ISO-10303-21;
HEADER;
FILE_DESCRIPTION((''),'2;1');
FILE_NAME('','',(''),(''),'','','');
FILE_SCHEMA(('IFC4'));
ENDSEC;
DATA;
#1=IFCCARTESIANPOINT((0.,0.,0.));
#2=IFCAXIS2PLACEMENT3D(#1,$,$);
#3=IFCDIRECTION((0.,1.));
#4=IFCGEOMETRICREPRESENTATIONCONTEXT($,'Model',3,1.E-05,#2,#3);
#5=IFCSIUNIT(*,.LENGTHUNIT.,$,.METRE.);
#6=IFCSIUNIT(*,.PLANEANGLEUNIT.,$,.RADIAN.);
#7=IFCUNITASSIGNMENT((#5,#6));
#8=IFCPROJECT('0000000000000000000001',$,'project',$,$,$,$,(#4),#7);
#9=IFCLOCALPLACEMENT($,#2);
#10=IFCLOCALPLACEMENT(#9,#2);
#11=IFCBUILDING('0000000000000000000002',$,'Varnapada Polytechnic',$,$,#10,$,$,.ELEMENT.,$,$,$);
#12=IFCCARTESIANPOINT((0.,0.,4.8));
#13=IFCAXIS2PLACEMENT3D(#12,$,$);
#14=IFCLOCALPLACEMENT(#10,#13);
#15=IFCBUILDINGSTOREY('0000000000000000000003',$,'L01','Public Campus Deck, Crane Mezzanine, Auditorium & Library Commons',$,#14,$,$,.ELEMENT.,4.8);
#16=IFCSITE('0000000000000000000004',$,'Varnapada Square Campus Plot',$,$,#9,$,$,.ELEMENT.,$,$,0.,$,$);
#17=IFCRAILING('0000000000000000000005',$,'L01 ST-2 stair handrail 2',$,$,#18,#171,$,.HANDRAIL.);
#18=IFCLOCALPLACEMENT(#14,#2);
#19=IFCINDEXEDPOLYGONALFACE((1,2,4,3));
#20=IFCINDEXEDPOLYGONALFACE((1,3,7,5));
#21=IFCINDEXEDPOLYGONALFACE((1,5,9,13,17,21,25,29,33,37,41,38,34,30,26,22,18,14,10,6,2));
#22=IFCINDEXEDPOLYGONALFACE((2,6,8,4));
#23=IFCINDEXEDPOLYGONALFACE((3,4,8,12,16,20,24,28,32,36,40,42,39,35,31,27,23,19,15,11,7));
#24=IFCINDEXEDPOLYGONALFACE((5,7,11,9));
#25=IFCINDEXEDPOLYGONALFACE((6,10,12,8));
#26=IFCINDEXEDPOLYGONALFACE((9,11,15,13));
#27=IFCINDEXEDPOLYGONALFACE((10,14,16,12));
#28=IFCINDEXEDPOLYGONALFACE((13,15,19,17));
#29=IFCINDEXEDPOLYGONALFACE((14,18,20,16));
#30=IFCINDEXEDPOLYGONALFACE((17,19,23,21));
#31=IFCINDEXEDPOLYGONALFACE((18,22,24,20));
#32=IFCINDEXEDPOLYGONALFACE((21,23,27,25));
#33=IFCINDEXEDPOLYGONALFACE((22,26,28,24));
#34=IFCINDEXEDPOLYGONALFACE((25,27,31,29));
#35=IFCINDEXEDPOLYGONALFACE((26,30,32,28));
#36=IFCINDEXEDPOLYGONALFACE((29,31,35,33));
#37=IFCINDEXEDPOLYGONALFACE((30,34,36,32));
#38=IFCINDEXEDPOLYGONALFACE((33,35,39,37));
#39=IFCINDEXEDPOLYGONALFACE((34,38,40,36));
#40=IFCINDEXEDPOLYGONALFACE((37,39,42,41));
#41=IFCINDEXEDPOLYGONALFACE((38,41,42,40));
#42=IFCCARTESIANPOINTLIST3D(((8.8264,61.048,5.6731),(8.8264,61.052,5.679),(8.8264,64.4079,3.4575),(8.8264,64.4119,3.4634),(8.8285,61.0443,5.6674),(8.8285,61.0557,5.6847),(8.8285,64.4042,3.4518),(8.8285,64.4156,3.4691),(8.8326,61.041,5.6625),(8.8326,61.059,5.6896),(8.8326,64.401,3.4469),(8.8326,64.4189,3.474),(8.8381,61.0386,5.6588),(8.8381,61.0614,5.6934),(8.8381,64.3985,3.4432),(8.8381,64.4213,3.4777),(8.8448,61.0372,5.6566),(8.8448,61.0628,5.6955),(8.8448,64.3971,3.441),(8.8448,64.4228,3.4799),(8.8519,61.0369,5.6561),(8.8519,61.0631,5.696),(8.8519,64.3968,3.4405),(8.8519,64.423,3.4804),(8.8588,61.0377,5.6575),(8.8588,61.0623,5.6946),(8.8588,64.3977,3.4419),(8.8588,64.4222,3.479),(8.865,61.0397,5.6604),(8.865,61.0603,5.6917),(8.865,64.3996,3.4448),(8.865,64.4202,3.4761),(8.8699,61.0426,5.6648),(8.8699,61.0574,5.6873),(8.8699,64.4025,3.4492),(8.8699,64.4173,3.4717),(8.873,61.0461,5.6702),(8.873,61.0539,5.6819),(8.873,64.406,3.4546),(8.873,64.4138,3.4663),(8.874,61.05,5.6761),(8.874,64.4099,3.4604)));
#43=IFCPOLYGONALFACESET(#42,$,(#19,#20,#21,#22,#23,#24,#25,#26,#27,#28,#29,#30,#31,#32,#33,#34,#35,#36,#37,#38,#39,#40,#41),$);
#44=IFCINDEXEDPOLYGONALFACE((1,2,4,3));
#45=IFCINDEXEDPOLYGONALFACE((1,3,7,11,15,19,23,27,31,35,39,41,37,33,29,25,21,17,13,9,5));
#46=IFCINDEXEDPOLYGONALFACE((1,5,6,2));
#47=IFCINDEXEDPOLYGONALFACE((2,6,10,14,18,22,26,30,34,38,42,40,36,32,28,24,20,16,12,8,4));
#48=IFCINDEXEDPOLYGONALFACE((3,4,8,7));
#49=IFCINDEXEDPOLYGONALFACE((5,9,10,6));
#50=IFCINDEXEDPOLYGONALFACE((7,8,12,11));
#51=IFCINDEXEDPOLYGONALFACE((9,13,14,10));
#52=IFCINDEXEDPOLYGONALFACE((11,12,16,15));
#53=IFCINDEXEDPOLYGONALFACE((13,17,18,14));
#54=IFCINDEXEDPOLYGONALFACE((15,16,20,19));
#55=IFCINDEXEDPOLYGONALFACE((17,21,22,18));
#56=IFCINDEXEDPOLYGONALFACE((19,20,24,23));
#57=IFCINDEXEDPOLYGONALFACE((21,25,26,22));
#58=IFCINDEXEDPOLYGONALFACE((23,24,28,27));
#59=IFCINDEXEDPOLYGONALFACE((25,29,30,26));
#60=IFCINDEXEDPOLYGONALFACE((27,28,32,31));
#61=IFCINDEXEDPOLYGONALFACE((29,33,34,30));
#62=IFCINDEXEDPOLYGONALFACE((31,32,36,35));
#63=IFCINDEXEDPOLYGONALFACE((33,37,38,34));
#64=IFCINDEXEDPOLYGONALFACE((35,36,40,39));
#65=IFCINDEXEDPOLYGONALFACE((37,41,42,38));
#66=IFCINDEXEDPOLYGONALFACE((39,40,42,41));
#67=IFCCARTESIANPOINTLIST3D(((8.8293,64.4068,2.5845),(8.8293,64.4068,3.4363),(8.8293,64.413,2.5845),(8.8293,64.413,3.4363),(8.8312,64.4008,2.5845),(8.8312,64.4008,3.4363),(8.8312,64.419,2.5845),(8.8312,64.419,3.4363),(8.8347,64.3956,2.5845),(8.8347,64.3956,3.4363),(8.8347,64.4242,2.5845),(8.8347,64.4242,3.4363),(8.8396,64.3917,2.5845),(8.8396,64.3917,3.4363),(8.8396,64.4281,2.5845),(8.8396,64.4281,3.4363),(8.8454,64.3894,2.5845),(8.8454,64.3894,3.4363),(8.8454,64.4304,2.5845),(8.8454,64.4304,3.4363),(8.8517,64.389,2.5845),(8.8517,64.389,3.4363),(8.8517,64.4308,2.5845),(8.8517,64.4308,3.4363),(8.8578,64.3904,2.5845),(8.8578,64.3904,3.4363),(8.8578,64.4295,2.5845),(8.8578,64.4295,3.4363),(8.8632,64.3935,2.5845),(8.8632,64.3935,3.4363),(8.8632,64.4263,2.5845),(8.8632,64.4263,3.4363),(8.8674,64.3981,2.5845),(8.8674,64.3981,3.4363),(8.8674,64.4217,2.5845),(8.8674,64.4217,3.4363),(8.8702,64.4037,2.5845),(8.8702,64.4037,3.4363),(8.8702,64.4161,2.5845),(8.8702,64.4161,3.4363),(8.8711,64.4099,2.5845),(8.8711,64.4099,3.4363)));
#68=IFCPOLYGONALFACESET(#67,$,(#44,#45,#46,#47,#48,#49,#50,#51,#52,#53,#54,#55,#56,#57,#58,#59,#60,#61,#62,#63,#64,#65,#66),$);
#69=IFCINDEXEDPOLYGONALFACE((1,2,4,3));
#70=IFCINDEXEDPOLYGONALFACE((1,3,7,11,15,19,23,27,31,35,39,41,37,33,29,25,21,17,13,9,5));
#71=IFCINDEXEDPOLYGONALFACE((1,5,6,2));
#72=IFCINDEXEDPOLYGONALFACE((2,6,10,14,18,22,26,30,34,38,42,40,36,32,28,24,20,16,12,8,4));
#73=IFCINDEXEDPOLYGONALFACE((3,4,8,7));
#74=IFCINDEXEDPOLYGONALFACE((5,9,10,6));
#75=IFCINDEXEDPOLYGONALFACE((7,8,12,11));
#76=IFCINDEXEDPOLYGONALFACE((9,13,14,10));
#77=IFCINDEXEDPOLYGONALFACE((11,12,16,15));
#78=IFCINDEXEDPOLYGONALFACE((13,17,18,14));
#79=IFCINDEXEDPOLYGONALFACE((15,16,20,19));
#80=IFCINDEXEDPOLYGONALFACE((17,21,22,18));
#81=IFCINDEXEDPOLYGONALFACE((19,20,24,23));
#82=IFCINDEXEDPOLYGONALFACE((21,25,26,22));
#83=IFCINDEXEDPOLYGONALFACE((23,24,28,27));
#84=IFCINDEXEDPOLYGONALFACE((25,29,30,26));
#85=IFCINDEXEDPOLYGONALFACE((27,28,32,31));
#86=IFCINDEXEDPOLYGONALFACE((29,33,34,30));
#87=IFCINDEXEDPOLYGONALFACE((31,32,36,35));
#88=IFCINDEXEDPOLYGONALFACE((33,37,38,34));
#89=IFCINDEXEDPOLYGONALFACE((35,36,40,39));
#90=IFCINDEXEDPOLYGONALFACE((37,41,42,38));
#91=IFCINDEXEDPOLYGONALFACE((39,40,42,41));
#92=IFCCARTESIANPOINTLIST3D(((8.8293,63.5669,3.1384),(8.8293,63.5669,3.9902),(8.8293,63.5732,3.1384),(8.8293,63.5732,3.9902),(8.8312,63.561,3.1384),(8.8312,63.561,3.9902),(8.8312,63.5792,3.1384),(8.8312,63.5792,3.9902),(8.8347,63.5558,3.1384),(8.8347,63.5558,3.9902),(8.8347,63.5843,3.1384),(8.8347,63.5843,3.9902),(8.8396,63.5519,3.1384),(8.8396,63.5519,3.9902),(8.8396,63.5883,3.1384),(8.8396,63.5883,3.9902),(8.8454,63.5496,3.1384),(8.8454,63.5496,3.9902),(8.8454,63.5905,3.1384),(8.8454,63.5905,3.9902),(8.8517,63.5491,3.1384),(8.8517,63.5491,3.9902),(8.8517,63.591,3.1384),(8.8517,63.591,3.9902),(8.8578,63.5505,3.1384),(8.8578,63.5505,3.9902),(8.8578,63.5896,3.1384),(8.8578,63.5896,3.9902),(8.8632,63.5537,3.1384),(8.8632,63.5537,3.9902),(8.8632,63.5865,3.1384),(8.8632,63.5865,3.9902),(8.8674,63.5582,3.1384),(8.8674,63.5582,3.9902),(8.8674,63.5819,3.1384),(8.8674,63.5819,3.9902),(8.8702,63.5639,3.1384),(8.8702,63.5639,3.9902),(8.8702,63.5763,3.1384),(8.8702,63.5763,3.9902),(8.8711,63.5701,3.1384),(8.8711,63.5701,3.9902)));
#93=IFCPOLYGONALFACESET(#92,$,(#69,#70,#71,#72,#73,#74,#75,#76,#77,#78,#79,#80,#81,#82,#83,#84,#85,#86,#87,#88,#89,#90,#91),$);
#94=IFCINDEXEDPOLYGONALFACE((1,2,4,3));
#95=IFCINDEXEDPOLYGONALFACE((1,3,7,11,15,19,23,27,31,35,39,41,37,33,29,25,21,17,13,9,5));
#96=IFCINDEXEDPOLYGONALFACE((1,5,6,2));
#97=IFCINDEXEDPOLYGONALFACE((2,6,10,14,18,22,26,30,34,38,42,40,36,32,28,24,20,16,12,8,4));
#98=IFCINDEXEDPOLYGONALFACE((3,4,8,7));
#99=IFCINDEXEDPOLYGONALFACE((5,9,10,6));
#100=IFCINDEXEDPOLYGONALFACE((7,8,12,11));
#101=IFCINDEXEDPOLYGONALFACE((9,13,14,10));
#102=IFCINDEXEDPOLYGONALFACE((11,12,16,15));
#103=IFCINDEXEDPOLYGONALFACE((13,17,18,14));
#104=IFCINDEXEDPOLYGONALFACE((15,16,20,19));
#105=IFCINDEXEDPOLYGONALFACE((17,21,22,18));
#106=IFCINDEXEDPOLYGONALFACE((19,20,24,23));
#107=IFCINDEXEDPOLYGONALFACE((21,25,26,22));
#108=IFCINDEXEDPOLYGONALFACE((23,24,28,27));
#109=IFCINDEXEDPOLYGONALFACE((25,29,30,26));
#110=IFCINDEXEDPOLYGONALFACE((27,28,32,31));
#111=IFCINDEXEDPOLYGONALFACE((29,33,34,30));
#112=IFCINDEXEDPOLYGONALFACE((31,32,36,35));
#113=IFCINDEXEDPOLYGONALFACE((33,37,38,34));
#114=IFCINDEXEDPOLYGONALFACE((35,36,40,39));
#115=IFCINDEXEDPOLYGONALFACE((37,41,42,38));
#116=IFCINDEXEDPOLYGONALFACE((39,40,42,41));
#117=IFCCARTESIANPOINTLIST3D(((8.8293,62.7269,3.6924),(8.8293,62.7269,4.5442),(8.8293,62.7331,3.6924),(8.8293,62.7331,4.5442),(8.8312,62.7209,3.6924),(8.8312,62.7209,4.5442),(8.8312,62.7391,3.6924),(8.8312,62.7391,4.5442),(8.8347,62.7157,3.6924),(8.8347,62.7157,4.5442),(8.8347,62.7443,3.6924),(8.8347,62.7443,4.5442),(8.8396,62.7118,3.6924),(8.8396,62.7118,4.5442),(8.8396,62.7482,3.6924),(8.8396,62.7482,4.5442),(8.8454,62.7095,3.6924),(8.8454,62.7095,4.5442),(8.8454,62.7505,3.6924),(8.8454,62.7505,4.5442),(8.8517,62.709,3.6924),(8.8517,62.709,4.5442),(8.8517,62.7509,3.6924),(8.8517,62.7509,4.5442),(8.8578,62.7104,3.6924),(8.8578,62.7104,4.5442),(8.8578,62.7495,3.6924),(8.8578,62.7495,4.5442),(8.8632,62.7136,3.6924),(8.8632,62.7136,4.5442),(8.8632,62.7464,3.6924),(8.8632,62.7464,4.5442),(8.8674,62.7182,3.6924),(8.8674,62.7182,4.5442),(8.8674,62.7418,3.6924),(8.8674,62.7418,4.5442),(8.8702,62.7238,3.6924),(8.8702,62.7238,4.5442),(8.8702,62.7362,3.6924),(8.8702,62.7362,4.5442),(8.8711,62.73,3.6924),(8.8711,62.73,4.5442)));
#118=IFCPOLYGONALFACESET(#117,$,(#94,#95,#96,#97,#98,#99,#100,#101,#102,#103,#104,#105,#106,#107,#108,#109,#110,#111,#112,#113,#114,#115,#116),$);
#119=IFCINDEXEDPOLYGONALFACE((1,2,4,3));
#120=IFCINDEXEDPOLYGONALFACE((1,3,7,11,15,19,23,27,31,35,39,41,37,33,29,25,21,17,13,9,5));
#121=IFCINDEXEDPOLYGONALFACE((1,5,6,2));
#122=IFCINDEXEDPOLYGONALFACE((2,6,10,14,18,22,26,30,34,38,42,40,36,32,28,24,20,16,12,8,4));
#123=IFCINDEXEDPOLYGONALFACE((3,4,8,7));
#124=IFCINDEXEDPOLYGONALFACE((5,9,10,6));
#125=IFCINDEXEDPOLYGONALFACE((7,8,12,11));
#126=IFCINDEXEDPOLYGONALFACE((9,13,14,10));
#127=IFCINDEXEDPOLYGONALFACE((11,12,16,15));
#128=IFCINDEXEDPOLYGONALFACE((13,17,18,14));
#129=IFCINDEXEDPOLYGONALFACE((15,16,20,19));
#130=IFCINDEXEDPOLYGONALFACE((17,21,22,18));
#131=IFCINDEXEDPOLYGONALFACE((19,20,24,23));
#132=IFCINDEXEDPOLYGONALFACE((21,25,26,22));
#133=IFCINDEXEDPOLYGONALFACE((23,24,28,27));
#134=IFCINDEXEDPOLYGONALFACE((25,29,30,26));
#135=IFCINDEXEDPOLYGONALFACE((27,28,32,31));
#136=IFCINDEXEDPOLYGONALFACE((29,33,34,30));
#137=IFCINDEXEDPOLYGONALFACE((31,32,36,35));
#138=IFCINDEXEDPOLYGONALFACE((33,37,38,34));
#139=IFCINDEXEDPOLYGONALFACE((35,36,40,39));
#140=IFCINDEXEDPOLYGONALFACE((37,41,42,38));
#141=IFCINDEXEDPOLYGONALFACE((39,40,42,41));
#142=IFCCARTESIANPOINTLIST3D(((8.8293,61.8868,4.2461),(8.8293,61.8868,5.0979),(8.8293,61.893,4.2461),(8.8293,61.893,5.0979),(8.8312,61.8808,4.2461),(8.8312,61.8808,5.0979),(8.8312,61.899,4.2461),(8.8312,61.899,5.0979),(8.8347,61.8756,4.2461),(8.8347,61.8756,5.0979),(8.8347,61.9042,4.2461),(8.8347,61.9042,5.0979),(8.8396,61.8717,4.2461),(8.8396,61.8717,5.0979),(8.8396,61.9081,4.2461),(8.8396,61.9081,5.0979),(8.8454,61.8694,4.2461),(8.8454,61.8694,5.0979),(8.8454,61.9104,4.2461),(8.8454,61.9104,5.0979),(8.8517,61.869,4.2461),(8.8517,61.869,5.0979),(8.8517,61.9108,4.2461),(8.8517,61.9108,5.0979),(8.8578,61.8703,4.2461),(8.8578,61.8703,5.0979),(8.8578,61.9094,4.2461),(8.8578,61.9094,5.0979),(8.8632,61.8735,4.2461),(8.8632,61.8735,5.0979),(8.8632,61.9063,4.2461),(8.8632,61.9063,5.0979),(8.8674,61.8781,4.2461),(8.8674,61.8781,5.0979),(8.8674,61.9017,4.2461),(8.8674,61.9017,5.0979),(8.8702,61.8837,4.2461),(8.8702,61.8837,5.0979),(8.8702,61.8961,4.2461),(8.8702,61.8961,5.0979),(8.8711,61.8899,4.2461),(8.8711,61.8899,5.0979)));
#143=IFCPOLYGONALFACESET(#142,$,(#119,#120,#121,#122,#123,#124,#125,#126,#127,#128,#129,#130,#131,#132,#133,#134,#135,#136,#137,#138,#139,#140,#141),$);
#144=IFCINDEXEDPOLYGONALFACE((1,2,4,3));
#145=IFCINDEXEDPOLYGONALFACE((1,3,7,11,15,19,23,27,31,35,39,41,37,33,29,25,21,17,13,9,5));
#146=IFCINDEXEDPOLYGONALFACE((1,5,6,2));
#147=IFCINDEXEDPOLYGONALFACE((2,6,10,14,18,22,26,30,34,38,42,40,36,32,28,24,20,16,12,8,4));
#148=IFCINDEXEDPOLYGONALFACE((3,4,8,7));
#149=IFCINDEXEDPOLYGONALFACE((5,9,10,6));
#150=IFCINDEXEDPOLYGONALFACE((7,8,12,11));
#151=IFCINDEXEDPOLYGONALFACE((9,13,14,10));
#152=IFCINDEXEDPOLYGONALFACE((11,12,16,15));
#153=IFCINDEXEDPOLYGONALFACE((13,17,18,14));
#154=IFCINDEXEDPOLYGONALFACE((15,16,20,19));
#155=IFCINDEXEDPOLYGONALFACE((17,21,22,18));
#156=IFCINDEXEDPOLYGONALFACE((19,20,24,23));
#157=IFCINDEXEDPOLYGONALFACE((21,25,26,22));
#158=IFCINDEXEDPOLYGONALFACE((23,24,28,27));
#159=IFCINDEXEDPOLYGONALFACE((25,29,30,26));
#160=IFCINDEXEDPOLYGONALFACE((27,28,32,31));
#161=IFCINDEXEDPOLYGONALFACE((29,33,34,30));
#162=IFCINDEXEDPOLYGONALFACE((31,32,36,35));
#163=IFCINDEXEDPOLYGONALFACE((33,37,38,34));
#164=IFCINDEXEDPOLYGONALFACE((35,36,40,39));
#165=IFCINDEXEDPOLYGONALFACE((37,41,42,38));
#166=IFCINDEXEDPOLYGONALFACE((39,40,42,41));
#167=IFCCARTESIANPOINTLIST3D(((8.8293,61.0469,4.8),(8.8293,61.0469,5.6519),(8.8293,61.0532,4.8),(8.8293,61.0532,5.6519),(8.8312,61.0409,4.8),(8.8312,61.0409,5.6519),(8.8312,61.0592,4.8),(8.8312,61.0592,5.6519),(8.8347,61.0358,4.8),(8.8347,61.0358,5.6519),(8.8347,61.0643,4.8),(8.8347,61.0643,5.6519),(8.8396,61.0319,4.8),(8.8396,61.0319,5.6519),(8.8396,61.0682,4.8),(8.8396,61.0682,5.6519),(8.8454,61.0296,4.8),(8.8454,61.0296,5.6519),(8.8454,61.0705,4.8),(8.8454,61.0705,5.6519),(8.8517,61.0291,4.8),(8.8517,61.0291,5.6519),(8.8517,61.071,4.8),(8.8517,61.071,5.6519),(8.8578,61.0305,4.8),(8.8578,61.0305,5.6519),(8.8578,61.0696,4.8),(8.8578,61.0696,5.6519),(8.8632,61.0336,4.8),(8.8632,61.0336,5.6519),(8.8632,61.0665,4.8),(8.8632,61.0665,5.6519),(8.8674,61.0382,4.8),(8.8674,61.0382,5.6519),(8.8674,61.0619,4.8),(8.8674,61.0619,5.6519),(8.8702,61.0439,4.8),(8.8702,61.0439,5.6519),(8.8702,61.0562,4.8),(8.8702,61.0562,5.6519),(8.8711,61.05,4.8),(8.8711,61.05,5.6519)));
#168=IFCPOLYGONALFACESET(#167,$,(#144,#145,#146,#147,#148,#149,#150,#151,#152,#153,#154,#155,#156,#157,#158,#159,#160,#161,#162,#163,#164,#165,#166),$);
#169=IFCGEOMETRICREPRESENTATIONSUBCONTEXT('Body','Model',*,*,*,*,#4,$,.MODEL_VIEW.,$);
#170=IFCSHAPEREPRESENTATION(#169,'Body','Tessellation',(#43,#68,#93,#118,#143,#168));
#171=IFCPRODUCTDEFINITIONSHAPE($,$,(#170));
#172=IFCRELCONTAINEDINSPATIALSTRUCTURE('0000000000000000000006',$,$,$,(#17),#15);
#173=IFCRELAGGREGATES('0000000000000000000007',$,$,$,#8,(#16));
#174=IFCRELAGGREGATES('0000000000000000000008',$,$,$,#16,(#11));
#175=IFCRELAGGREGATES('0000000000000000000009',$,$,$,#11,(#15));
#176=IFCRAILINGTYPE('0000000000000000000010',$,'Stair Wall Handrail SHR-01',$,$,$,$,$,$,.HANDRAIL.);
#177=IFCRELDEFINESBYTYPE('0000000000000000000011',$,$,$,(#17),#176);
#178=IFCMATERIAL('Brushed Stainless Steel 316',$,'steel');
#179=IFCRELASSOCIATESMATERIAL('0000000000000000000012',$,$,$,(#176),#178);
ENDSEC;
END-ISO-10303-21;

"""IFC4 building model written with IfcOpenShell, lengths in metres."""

from ifc_helpers import new_model, si_unit, direction, frame, origin, origin_2d, place, context, subcontext, project, spatial, circle, extrude, material, type_object, element, save


model = new_model("IFC4")

# Units and contexts
model_context = context("Model", 3, precision=1e-05, world=origin(), true_north=direction((0.0, 1.0)))
body_context = subcontext(model_context, "Body", "Model", "MODEL_VIEW")
ifc_project = project(units=[si_unit("LENGTHUNIT", "METRE"), si_unit("PLANEANGLEUNIT", "RADIAN")], contexts=[model_context])

# Site, building, storey
site_placement = place(None, origin())
site = spatial("IfcSite", under=ifc_project, at=site_placement, Name="Varnapada Square Campus Plot", CompositionType="ELEMENT", RefElevation=0.0)
building_placement = place(site_placement, origin())
building = spatial("IfcBuilding", under=site, at=building_placement, Name="Varnapada Polytechnic", CompositionType="ELEMENT")
storey_placement = place(building_placement, frame((0.0, 0.0, 4.8)))
storey = spatial("IfcBuildingStorey", under=building, at=storey_placement, Name="L01", Description="Public Campus Deck, Crane Mezzanine, Auditorium & Library Commons", CompositionType="ELEMENT", Elevation=4.8)

# Shared definitions
ifc_material_1 = material(Name="Brushed Stainless Steel 316", Category="steel")

# Railing
railing_type_1 = type_object("IfcRailingType", Name="Stair Wall Handrail SHR-01", PredefinedType="HANDRAIL", material=ifc_material_1)
railing_1_placement = place(storey_placement, frame((8.8501, 64.4099, 2.5845)))
element("IfcRailing", 1, at=railing_1_placement, inside=storey, type_object=railing_type_1, Name="L01 ST-2 stair handrail 2", PredefinedType="HANDRAIL", context=body_context, shape_type="SweptSolid", body=[
    extrude(circle(Radius=0.0239, at=origin_2d()), frame((0.0, 0.0, 0.876), z_axis=(0.0, -0.83483, 0.550508), x_axis=(1.0, 0.0, 0.0)), (0.0, 0.0, 1.0), 4.0247),
    extrude(circle(Radius=0.021, at=origin_2d()), origin(), (0.0, 0.0, 1.0), 0.8518),
    extrude(circle(Radius=0.021, at=origin_2d()), frame((0.0, -0.8398, 0.554)), (0.0, 0.0, 1.0), 0.8518),
    extrude(circle(Radius=0.021, at=origin_2d()), frame((0.0, -1.6799, 1.1079)), (0.0, 0.0, 1.0), 0.8518),
    extrude(circle(Radius=0.021, at=origin_2d()), frame((0.0, -2.52, 1.6616)), (0.0, 0.0, 1.0), 0.8518),
    extrude(circle(Radius=0.021, at=origin_2d()), frame((0.0, -3.3599, 2.2156)), (0.0, 0.0, 1.0), 0.8518),
])

save(model, "model.ifc")
